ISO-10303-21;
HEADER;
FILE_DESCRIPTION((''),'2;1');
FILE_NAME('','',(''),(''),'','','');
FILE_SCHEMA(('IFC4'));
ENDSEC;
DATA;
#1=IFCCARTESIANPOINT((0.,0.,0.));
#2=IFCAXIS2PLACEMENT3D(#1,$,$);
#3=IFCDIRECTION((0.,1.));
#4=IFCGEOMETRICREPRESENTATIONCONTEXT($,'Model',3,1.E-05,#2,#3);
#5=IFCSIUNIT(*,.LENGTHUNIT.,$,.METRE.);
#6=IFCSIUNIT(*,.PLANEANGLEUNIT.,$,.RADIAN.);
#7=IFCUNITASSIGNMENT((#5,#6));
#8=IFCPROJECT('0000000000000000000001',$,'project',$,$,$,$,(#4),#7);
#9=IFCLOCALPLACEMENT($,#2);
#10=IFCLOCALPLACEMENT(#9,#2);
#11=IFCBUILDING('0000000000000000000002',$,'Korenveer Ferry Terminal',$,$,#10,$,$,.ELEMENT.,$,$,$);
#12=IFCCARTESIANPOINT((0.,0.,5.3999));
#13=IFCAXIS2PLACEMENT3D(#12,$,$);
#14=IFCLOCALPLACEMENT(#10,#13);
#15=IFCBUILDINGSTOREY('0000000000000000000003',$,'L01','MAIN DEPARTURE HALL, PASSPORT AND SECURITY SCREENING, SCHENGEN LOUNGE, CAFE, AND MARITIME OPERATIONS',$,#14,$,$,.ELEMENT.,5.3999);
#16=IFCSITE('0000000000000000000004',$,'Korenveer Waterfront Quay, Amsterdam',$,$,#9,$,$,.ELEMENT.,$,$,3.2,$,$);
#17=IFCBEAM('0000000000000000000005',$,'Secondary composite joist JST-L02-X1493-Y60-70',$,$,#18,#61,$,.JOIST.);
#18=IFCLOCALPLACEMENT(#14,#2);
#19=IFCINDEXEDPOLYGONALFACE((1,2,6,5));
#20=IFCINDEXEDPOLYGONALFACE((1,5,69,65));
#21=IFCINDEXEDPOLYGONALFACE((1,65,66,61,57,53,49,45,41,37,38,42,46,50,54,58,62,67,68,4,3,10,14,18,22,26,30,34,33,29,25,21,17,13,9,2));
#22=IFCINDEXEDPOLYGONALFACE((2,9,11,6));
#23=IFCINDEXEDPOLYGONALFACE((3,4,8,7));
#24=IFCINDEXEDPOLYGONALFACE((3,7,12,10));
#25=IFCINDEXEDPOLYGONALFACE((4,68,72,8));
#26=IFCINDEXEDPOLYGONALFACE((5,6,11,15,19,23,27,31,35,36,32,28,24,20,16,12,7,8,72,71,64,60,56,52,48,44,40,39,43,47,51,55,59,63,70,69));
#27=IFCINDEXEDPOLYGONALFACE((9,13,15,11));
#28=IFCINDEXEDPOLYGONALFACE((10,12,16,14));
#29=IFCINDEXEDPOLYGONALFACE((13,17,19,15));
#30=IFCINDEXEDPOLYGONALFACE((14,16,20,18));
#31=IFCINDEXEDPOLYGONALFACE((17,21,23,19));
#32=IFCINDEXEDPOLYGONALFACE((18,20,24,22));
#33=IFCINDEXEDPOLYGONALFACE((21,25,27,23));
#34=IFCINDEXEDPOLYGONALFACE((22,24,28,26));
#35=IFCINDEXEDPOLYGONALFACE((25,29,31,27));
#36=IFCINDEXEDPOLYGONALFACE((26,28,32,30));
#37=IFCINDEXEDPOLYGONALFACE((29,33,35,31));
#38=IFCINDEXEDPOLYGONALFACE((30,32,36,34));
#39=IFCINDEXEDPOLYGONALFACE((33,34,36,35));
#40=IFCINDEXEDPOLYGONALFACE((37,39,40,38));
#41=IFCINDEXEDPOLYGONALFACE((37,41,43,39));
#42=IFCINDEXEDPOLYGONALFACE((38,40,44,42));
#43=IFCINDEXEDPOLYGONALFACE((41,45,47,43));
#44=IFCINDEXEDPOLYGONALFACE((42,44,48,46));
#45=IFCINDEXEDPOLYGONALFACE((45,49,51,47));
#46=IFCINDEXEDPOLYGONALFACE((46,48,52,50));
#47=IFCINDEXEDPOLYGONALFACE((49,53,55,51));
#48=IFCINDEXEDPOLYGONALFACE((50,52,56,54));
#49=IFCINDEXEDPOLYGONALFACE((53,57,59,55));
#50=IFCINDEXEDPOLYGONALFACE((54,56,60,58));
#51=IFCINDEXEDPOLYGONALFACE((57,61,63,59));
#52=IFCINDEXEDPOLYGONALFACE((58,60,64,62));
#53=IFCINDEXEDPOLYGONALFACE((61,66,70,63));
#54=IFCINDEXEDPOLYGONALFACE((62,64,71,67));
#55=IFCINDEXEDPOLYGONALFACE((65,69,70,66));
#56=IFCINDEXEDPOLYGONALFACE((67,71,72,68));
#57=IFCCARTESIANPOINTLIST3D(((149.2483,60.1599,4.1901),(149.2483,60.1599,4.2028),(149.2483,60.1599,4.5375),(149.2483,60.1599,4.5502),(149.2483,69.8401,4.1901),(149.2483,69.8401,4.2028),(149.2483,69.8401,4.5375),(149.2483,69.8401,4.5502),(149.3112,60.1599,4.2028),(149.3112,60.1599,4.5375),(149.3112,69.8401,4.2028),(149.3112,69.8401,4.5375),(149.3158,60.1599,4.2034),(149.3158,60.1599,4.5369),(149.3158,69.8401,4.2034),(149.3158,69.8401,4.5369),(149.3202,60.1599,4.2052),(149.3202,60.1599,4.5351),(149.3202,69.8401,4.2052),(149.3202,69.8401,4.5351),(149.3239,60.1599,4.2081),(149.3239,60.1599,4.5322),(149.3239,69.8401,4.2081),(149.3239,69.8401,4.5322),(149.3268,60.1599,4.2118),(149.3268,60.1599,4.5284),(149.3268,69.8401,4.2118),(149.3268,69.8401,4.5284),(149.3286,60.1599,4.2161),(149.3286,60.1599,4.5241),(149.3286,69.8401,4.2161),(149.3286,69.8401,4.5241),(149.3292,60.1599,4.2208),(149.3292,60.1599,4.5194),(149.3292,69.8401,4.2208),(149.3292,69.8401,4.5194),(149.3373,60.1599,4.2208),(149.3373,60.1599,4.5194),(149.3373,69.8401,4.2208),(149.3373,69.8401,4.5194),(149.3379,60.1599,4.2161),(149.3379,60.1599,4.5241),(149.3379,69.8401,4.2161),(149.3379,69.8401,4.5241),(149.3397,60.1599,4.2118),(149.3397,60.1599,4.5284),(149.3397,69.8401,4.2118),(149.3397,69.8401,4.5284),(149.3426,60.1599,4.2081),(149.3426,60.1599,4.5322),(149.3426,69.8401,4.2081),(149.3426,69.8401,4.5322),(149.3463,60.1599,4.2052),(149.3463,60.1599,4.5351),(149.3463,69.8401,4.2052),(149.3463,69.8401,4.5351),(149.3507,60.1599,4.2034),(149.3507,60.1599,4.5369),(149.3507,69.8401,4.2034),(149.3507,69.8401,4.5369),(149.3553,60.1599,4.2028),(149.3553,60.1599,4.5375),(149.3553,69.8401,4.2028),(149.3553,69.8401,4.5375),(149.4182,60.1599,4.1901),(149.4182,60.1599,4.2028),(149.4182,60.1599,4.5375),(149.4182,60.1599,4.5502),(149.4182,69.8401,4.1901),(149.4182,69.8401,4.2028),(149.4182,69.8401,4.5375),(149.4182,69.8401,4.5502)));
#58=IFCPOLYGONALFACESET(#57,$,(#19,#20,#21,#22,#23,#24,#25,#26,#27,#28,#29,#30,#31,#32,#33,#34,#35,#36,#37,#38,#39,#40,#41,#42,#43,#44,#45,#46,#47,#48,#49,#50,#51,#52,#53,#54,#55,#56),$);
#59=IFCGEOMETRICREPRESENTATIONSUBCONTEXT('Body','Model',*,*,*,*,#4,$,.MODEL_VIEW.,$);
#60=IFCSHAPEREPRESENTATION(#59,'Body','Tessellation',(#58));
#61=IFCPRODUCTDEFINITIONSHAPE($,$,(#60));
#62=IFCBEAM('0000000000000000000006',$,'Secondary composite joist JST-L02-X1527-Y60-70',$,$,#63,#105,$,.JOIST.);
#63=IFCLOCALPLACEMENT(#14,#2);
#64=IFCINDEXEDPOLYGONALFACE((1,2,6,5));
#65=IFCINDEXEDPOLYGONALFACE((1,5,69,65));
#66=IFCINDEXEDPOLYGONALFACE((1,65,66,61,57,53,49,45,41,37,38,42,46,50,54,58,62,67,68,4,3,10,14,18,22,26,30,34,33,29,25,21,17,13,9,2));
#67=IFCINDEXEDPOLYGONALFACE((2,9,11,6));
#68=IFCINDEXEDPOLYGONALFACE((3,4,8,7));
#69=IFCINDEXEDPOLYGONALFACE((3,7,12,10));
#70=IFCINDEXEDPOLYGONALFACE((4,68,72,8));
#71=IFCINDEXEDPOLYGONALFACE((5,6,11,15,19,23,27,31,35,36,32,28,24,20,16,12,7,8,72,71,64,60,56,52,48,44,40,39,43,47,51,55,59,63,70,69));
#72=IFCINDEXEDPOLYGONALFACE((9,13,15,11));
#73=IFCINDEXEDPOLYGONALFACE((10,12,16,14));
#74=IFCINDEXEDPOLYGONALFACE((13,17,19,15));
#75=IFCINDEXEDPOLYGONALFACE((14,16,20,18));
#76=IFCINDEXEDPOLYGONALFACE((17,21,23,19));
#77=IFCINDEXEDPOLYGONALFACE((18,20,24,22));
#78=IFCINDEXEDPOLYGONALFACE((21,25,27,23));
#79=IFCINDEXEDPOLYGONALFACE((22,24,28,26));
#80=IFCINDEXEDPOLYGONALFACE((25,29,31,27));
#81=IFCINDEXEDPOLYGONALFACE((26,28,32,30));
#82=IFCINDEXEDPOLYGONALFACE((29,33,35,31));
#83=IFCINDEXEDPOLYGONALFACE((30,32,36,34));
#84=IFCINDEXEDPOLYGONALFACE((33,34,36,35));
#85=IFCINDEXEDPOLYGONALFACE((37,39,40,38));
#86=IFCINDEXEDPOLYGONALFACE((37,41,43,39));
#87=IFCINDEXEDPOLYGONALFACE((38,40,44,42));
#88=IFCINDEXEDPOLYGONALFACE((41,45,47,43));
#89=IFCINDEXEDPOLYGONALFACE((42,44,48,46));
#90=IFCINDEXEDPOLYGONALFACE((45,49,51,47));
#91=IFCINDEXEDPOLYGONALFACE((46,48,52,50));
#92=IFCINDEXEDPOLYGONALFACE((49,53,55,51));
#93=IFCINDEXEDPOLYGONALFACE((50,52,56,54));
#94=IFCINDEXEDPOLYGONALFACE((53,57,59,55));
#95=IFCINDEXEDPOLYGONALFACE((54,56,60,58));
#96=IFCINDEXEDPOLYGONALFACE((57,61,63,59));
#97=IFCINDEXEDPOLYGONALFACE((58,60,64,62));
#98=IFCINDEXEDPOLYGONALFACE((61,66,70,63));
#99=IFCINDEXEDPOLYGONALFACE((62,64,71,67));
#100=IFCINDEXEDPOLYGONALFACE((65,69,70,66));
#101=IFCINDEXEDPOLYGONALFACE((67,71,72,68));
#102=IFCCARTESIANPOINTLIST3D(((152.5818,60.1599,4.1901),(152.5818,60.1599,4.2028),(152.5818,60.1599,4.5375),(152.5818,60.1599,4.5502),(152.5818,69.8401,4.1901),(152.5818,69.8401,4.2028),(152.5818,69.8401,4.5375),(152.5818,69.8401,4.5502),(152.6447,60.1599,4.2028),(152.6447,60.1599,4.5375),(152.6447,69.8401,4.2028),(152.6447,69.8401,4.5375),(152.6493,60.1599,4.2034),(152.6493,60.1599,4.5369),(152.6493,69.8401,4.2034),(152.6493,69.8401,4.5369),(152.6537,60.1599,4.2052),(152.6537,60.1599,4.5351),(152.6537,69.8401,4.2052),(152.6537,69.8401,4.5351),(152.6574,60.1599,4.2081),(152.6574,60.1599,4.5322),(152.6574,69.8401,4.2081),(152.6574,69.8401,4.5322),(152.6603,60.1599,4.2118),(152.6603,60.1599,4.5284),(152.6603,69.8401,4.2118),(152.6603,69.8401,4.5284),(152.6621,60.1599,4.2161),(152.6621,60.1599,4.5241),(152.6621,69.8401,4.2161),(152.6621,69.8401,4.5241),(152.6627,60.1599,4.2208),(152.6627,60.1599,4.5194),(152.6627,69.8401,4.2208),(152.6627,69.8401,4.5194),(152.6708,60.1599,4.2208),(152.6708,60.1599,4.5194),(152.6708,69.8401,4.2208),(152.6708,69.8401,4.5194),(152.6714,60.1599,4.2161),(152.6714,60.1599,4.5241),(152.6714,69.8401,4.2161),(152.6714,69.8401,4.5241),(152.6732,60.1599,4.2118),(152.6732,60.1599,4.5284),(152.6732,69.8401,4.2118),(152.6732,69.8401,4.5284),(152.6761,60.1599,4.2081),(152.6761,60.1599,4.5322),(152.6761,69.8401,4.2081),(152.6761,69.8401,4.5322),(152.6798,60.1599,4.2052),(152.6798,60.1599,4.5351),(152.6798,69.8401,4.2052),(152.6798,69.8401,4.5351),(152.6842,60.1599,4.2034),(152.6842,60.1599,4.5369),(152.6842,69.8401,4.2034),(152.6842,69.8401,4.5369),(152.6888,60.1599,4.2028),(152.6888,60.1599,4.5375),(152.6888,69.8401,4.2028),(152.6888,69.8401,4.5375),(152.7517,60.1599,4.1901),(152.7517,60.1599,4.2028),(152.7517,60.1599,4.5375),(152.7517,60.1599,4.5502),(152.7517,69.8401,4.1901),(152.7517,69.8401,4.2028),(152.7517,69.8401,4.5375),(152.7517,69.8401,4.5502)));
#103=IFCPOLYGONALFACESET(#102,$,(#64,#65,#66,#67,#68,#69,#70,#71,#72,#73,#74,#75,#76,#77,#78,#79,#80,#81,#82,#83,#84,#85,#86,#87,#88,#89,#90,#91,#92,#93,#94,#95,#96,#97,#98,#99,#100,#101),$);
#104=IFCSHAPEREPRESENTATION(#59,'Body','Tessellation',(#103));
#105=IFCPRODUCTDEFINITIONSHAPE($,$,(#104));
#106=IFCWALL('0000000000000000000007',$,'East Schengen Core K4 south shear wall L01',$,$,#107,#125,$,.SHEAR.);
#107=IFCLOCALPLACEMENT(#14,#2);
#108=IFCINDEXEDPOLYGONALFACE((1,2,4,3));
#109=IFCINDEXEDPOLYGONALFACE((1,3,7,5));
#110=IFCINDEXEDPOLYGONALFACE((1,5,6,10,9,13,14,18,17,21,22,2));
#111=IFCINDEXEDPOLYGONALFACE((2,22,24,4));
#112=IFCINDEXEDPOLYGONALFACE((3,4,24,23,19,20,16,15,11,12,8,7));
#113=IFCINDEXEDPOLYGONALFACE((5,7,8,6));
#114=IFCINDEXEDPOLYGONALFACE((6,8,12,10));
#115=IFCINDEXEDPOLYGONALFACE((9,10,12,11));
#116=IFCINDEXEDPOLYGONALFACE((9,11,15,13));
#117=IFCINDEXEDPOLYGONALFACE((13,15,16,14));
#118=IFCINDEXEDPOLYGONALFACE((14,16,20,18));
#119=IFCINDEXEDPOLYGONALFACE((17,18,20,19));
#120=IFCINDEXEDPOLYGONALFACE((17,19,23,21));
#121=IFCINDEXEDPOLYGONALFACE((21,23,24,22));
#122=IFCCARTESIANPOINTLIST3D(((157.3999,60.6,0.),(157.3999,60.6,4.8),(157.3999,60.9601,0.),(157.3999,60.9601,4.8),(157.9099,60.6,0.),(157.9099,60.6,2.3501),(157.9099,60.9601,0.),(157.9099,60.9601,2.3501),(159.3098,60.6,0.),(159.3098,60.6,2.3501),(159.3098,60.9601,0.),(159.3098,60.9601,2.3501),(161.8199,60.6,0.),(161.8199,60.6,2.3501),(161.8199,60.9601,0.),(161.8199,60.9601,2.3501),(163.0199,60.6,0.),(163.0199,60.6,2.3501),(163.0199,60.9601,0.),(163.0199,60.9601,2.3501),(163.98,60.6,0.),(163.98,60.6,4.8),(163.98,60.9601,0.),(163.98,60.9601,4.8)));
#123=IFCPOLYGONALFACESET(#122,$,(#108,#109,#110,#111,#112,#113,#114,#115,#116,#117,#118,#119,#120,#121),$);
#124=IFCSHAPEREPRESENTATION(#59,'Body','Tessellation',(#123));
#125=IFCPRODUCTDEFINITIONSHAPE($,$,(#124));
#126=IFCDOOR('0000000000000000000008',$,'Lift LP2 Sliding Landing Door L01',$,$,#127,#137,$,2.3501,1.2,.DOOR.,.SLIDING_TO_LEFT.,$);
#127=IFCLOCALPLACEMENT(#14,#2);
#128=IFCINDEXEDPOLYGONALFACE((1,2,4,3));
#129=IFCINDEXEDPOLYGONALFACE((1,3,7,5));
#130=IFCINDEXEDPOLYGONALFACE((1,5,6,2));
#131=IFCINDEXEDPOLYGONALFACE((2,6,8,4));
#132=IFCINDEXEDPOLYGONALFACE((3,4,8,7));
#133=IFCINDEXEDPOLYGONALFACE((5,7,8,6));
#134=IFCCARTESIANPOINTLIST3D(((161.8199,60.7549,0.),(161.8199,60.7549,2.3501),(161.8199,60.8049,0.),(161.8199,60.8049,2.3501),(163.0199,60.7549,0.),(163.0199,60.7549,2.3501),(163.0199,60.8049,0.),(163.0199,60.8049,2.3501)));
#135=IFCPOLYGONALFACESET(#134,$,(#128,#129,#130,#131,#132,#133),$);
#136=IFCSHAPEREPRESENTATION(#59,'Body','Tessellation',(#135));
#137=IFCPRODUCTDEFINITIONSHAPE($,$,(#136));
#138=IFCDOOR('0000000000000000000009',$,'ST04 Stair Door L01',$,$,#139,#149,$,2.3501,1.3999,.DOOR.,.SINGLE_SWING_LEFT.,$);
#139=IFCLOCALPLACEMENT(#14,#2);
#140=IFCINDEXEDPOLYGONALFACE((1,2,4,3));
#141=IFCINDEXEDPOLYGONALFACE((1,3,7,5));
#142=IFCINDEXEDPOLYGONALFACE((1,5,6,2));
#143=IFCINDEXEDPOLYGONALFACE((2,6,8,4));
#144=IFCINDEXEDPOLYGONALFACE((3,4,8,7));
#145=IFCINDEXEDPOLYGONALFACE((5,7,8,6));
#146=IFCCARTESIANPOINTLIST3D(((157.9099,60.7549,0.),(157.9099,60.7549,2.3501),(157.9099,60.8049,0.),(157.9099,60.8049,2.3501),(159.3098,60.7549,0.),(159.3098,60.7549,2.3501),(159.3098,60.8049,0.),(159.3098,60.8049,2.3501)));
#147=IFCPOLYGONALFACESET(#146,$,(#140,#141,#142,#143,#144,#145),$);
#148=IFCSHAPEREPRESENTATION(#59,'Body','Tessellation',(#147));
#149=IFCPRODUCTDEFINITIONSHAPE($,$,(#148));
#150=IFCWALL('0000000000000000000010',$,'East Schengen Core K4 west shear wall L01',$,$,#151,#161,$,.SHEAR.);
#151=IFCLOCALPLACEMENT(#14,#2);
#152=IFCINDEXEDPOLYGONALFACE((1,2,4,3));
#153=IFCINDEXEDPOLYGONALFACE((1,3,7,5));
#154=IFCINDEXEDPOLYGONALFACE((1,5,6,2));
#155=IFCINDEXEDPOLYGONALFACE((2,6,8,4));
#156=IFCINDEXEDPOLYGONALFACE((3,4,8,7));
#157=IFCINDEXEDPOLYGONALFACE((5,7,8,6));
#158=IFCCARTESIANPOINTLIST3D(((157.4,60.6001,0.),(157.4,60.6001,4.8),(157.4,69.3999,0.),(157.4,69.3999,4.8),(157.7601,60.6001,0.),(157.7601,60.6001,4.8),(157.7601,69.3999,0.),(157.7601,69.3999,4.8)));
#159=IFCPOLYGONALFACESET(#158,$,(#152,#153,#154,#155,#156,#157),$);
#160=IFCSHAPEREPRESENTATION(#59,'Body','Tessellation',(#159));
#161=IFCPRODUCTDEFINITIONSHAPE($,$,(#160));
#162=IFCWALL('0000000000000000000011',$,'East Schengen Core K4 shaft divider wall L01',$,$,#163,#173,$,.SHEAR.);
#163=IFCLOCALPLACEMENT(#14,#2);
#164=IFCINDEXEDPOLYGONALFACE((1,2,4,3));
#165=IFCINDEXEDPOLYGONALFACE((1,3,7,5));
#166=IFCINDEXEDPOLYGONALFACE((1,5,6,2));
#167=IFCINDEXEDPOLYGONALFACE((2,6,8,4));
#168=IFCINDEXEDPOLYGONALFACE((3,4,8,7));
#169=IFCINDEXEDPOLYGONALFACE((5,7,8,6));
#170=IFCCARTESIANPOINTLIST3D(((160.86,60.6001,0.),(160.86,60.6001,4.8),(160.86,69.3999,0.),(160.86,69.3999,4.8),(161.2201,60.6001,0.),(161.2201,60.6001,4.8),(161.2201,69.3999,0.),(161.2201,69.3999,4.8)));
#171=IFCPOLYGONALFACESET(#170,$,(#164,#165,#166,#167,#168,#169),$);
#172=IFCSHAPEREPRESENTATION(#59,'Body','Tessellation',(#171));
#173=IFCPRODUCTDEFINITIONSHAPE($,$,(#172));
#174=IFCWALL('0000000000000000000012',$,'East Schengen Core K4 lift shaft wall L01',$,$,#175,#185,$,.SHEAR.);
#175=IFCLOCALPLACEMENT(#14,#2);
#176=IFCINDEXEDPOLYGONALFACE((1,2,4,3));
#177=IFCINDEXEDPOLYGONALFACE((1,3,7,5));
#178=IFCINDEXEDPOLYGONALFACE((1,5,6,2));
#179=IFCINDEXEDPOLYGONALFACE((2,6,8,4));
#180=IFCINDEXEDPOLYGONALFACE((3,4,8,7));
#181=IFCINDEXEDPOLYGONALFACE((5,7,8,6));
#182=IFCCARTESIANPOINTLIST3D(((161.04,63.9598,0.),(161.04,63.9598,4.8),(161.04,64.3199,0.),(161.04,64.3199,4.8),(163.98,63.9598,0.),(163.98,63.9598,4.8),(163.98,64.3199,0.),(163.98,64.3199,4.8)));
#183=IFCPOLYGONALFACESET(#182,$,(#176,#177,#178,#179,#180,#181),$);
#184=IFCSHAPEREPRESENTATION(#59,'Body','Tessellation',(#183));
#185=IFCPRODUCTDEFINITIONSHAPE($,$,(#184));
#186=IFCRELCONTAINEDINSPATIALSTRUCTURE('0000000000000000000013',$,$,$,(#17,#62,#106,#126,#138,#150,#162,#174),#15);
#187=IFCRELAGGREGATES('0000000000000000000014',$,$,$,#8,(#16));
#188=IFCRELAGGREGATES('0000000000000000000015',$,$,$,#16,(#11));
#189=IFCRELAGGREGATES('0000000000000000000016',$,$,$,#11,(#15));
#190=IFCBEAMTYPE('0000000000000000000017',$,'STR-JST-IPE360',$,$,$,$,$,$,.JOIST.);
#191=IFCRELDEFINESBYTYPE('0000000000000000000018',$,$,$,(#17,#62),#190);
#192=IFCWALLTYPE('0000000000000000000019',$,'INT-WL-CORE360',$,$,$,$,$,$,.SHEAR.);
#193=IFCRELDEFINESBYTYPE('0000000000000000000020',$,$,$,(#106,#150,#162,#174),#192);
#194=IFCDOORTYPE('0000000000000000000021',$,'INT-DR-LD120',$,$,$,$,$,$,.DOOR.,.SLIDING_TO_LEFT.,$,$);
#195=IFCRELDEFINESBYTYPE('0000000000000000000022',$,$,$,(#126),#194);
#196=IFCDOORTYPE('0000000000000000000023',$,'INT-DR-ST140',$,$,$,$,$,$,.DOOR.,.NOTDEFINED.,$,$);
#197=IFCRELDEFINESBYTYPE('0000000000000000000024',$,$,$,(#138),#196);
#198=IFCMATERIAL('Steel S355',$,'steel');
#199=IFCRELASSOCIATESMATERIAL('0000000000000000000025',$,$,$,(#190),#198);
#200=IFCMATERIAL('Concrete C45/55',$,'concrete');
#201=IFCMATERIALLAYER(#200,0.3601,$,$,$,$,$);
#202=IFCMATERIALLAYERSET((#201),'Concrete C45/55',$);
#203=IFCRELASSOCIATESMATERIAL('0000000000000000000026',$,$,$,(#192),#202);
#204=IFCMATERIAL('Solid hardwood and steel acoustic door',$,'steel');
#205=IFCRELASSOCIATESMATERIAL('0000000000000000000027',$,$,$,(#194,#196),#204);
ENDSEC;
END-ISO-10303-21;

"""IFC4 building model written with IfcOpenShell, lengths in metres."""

from ifc_helpers import new_model, si_unit, direction, frame, frame_2d, origin, origin_2d, place, context, subcontext, project, spatial, rectangle, i_section, extrude, material, layer, layer_set, material_profile, profile_set, type_object, element, fill, save


model = new_model("IFC4")

# Units and contexts
model_context = context("Model", 3, precision=1e-05, world=origin(), true_north=direction((0.0, 1.0)))
body_context = subcontext(model_context, "Body", "Model", "MODEL_VIEW")
ifc_project = project(units=[si_unit("LENGTHUNIT", "METRE"), si_unit("PLANEANGLEUNIT", "RADIAN")], contexts=[model_context])

# Site, building, storey
site_placement = place(None, origin())
site = spatial("IfcSite", under=ifc_project, at=site_placement, Name="Korenveer Waterfront Quay, Amsterdam", CompositionType="ELEMENT", RefElevation=3.2)
building_placement = place(site_placement, origin())
building = spatial("IfcBuilding", under=site, at=building_placement, Name="Korenveer Ferry Terminal", CompositionType="ELEMENT")
storey_placement = place(building_placement, frame((0.0, 0.0, 5.3999)))
storey = spatial("IfcBuildingStorey", under=building, at=storey_placement, Name="L01", Description="MAIN DEPARTURE HALL, PASSPORT AND SECURITY SCREENING, SCHENGEN LOUNGE, CAFE, AND MARITIME OPERATIONS", CompositionType="ELEMENT", Elevation=5.3999)

# Shared definitions
ifc_material_1 = material(Name="Concrete C45/55", Category="concrete")

# Beams
ifc_material_2 = material(Name="Steel S355", Category="steel")
ifc_material_profile_1 = material_profile(ifc_material_2, i_section(OverallWidth=0.1699, OverallDepth=0.3601, WebThickness=0.0081, FlangeThickness=0.0127, FilletRadius=0.0181, at=origin_2d()), Name="IPE 360")
ifc_profile_set_1 = profile_set([ifc_material_profile_1], Name="Steel S355")
beam_type_1 = type_object("IfcBeamType", Name="STR-JST-IPE360", PredefinedType="JOIST", material=ifc_profile_set_1)
for number, where, z_axis, x_axis, name in (
    (1, (149.3333, 60.1599, 4.3701), (0.0, 1.0, 0.0), (-1.0, 0.0, 0.0), "Secondary composite joist JST-L02-X1493-Y60-70"),
    (2, (152.6667, 60.1599, 4.3701), (0.0, 1.0, 0.0), (-1.0, 0.0, 0.0), "Secondary composite joist JST-L02-X1527-Y60-70"),
):
    element("IfcBeam", number, at=place(storey_placement, frame(where, z_axis=z_axis, x_axis=x_axis)), inside=storey, type_object=beam_type_1, Name=name, PredefinedType="JOIST", context=body_context, shape_type="SweptSolid", body=[
        extrude(i_section(OverallWidth=0.1699, OverallDepth=0.3601, WebThickness=0.0081, FlangeThickness=0.0127, FilletRadius=0.0181, at=origin_2d()), origin(), (0.0, 0.0, 1.0), 9.6802),
    ])

# Wall, openings, doors
ifc_layer_1 = layer(ifc_material_1, 0.3601)
ifc_layer_set_1 = layer_set([ifc_layer_1], Name="Concrete C45/55")
wall_type = type_object("IfcWallType", Name="INT-WL-CORE360", PredefinedType="SHEAR", material=ifc_layer_set_1)
wall_1_placement = place(storey_placement, frame((157.3999, 60.78, 0.0), z_axis=(0.0, 0.0, 1.0), x_axis=(1.0, 0.0, 0.0)))
wall_1 = element("IfcWall", 3, at=wall_1_placement, inside=storey, type_object=wall_type, Name="East Schengen Core K4 south shear wall L01", PredefinedType="SHEAR", context=body_context, shape_type="SweptSolid", body=[
    extrude(rectangle(XDim=6.5801, YDim=0.3601, at=frame_2d((3.29, 0.0))), origin(), (0.0, 0.0, 1.0), 4.8),
])
opening_1_placement = place(wall_1_placement, frame((0.51, 0.0, 0.0)))
opening_1 = element("IfcOpeningElement", 4, at=opening_1_placement, cuts=wall_1, PredefinedType="OPENING", context=body_context, shape_type="SweptSolid", body=[
    extrude(rectangle(XDim=1.3999, YDim=2.3501, at=frame_2d((0.7, 1.175))), frame((0.0, 0.1899, 0.0), z_axis=(0.0, -1.0, 0.0), x_axis=(1.0, 0.0, 0.0)), (0.0, 0.0, 1.0), 0.3801),
])
opening_2_placement = place(wall_1_placement, frame((4.4199, 0.0, 0.0)))
opening_2 = element("IfcOpeningElement", 5, at=opening_2_placement, cuts=wall_1, PredefinedType="OPENING", context=body_context, shape_type="SweptSolid", body=[
    extrude(rectangle(XDim=1.2, YDim=2.3501, at=frame_2d((0.6001, 1.175))), frame((0.0, 0.1899, 0.0), z_axis=(0.0, -1.0, 0.0), x_axis=(1.0, 0.0, 0.0)), (0.0, 0.0, 1.0), 0.3801),
])
ifc_material_3 = material(Name="Solid hardwood and steel acoustic door", Category="steel")
door_type_1 = type_object("IfcDoorType", Name="INT-DR-LD120", OperationType="SLIDING_TO_LEFT", PredefinedType="DOOR", material=ifc_material_3)
door_1_placement = place(opening_2_placement, origin())
door_1 = element("IfcDoor", 6, at=door_1_placement, inside=storey, type_object=door_type_1, Name="Lift LP2 Sliding Landing Door L01", OperationType="SLIDING_TO_LEFT", OverallHeight=2.3501, OverallWidth=1.2, PredefinedType="DOOR", context=body_context, shape_type="SweptSolid", body=[
    extrude(rectangle(XDim=1.2, YDim=2.3501, at=frame_2d((0.6001, 1.175))), frame((0.0, 0.0249, 0.0), z_axis=(0.0, -1.0, 0.0), x_axis=(1.0, 0.0, 0.0)), (0.0, 0.0, 1.0), 0.05),
])
fill(opening_2, door_1)
door_type_2 = type_object("IfcDoorType", Name="INT-DR-ST140", OperationType="NOTDEFINED", PredefinedType="DOOR", material=ifc_material_3)
door_2_placement = place(opening_1_placement, origin())
door_2 = element("IfcDoor", 7, at=door_2_placement, inside=storey, type_object=door_type_2, Name="ST04 Stair Door L01", OperationType="SINGLE_SWING_LEFT", OverallHeight=2.3501, OverallWidth=1.3999, PredefinedType="DOOR", context=body_context, shape_type="SweptSolid", body=[
    extrude(rectangle(XDim=1.3999, YDim=2.3501, at=frame_2d((0.7, 1.175))), frame((0.0, 0.0249, 0.0), z_axis=(0.0, -1.0, 0.0), x_axis=(1.0, 0.0, 0.0)), (0.0, 0.0, 1.0), 0.05),
])
fill(opening_1, door_2)

# Walls
for number, where, z_axis, x_axis, name in (
    (8, (157.5801, 60.6001, 0.0), (0.0, 0.0, 1.0), (0.0, 1.0, 0.0), "East Schengen Core K4 west shear wall L01"),
    (9, (161.04, 60.6001, 0.0), (0.0, 0.0, 1.0), (0.0, 1.0, 0.0), "East Schengen Core K4 shaft divider wall L01"),
):
    element("IfcWall", number, at=place(storey_placement, frame(where, z_axis=z_axis, x_axis=x_axis)), inside=storey, type_object=wall_type, Name=name, PredefinedType="SHEAR", context=body_context, shape_type="SweptSolid", body=[
        extrude(rectangle(XDim=8.7998, YDim=0.3601, at=frame_2d((4.3999, 0.0))), origin(), (0.0, 0.0, 1.0), 4.8),
    ])
wall_2_placement = place(storey_placement, frame((161.04, 64.1399, 0.0), z_axis=(0.0, 0.0, 1.0), x_axis=(1.0, 0.0, 0.0)))
element("IfcWall", 10, at=wall_2_placement, inside=storey, type_object=wall_type, Name="East Schengen Core K4 lift shaft wall L01", PredefinedType="SHEAR", context=body_context, shape_type="SweptSolid", body=[
    extrude(rectangle(XDim=2.9399, YDim=0.3601, at=frame_2d((1.47, 0.0))), origin(), (0.0, 0.0, 1.0), 4.8),
])

save(model, "model.ifc")
